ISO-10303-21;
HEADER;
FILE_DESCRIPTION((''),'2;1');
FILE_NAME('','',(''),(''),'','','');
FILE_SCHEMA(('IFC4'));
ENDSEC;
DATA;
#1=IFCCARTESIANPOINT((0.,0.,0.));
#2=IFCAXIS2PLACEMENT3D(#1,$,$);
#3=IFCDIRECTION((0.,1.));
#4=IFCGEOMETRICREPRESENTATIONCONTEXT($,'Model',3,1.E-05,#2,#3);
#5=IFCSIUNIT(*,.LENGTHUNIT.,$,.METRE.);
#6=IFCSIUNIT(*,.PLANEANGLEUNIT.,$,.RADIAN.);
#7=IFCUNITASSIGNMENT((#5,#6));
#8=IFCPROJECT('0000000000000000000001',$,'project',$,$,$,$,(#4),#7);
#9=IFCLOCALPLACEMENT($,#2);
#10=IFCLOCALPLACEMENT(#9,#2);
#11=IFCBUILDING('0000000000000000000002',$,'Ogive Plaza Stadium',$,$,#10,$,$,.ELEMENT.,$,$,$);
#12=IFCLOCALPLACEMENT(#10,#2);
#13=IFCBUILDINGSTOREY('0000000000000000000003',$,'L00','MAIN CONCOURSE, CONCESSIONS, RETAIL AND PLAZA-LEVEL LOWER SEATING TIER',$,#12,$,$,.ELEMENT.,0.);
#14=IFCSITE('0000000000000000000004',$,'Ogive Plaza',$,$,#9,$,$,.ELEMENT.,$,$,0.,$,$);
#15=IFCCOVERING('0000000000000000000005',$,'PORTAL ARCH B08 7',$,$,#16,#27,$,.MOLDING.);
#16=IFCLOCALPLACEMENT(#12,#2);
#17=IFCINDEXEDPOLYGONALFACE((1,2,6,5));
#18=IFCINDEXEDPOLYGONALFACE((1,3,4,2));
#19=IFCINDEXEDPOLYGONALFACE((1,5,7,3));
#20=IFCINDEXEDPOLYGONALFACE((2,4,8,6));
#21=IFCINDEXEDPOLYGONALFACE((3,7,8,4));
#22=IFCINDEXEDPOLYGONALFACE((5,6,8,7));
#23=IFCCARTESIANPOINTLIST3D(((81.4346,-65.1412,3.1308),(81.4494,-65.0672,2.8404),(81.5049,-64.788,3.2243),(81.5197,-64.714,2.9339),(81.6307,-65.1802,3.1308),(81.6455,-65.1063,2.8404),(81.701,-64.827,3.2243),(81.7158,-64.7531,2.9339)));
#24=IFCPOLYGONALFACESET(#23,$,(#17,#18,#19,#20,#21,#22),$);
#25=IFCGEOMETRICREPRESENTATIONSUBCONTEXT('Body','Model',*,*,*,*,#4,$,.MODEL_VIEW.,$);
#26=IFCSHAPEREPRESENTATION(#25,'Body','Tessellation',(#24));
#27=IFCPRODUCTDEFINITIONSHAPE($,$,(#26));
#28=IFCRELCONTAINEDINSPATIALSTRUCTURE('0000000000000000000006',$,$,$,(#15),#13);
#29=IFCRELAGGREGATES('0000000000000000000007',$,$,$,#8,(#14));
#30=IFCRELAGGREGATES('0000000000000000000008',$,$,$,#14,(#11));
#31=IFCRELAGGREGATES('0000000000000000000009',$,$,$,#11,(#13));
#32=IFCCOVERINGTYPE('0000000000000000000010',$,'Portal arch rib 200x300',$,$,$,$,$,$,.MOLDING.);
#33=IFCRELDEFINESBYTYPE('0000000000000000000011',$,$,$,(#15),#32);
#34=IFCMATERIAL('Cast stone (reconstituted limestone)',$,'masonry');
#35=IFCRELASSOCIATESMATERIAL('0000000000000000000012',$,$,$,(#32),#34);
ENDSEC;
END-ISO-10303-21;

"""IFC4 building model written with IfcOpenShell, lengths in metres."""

from ifc_helpers import new_model, si_unit, direction, frame, origin, origin_2d, place, context, subcontext, project, spatial, rectangle, extrude, material, material_profile, profile_set, type_object, element, save


model = new_model("IFC4")

# Units and contexts
model_context = context("Model", 3, precision=1e-05, world=origin(), true_north=direction((0.0, 1.0)))
body_context = subcontext(model_context, "Body", "Model", "MODEL_VIEW")
ifc_project = project(units=[si_unit("LENGTHUNIT", "METRE"), si_unit("PLANEANGLEUNIT", "RADIAN")], contexts=[model_context])

# Site, building, storey
site_placement = place(None, origin())
site = spatial("IfcSite", under=ifc_project, at=site_placement, Name="Ogive Plaza", CompositionType="ELEMENT", RefElevation=0.0)
building_placement = place(site_placement, origin())
building = spatial("IfcBuilding", under=site, at=building_placement, Name="Ogive Plaza Stadium", CompositionType="ELEMENT")
storey_placement = place(building_placement, origin())
storey = spatial("IfcBuildingStorey", under=building, at=storey_placement, Name="L00", Description="MAIN CONCOURSE, CONCESSIONS, RETAIL AND PLAZA-LEVEL LOWER SEATING TIER", CompositionType="ELEMENT", Elevation=0.0)

# Covering
ifc_material_1 = material(Name="Cast stone (reconstituted limestone)", Category="masonry")
ifc_material_profile = material_profile(ifc_material_1, rectangle(XDim=0.2, YDim=0.3, at=origin_2d()), Name="Cast stone 200x300")
ifc_profile_set = profile_set([ifc_material_profile], Name="Cast stone (reconstituted limestone)")
covering_type = type_object("IfcCoveringType", Name="Portal arch rib 200x300", PredefinedType="MOLDING", material=ifc_profile_set)
for number, where, z_axis, x_axis, name in (
    (1, (81.6104, -64.7705, 3.0791), (-0.188941, -0.949298, -0.251265), (0.980763, -0.195204, 0.0), "PORTAL ARCH B08 7"),
):
    element("IfcCovering", number, at=place(storey_placement, frame(where, z_axis=z_axis, x_axis=x_axis)), inside=storey, type_object=covering_type, Name=name, PredefinedType="MOLDING", context=body_context, shape_type="SweptSolid", body=[
        extrude(rectangle(XDim=0.2, YDim=0.3, at=origin_2d()), origin(), (0.0, 0.0, 1.0), 0.3721),
    ])

save(model, "model.ifc")
